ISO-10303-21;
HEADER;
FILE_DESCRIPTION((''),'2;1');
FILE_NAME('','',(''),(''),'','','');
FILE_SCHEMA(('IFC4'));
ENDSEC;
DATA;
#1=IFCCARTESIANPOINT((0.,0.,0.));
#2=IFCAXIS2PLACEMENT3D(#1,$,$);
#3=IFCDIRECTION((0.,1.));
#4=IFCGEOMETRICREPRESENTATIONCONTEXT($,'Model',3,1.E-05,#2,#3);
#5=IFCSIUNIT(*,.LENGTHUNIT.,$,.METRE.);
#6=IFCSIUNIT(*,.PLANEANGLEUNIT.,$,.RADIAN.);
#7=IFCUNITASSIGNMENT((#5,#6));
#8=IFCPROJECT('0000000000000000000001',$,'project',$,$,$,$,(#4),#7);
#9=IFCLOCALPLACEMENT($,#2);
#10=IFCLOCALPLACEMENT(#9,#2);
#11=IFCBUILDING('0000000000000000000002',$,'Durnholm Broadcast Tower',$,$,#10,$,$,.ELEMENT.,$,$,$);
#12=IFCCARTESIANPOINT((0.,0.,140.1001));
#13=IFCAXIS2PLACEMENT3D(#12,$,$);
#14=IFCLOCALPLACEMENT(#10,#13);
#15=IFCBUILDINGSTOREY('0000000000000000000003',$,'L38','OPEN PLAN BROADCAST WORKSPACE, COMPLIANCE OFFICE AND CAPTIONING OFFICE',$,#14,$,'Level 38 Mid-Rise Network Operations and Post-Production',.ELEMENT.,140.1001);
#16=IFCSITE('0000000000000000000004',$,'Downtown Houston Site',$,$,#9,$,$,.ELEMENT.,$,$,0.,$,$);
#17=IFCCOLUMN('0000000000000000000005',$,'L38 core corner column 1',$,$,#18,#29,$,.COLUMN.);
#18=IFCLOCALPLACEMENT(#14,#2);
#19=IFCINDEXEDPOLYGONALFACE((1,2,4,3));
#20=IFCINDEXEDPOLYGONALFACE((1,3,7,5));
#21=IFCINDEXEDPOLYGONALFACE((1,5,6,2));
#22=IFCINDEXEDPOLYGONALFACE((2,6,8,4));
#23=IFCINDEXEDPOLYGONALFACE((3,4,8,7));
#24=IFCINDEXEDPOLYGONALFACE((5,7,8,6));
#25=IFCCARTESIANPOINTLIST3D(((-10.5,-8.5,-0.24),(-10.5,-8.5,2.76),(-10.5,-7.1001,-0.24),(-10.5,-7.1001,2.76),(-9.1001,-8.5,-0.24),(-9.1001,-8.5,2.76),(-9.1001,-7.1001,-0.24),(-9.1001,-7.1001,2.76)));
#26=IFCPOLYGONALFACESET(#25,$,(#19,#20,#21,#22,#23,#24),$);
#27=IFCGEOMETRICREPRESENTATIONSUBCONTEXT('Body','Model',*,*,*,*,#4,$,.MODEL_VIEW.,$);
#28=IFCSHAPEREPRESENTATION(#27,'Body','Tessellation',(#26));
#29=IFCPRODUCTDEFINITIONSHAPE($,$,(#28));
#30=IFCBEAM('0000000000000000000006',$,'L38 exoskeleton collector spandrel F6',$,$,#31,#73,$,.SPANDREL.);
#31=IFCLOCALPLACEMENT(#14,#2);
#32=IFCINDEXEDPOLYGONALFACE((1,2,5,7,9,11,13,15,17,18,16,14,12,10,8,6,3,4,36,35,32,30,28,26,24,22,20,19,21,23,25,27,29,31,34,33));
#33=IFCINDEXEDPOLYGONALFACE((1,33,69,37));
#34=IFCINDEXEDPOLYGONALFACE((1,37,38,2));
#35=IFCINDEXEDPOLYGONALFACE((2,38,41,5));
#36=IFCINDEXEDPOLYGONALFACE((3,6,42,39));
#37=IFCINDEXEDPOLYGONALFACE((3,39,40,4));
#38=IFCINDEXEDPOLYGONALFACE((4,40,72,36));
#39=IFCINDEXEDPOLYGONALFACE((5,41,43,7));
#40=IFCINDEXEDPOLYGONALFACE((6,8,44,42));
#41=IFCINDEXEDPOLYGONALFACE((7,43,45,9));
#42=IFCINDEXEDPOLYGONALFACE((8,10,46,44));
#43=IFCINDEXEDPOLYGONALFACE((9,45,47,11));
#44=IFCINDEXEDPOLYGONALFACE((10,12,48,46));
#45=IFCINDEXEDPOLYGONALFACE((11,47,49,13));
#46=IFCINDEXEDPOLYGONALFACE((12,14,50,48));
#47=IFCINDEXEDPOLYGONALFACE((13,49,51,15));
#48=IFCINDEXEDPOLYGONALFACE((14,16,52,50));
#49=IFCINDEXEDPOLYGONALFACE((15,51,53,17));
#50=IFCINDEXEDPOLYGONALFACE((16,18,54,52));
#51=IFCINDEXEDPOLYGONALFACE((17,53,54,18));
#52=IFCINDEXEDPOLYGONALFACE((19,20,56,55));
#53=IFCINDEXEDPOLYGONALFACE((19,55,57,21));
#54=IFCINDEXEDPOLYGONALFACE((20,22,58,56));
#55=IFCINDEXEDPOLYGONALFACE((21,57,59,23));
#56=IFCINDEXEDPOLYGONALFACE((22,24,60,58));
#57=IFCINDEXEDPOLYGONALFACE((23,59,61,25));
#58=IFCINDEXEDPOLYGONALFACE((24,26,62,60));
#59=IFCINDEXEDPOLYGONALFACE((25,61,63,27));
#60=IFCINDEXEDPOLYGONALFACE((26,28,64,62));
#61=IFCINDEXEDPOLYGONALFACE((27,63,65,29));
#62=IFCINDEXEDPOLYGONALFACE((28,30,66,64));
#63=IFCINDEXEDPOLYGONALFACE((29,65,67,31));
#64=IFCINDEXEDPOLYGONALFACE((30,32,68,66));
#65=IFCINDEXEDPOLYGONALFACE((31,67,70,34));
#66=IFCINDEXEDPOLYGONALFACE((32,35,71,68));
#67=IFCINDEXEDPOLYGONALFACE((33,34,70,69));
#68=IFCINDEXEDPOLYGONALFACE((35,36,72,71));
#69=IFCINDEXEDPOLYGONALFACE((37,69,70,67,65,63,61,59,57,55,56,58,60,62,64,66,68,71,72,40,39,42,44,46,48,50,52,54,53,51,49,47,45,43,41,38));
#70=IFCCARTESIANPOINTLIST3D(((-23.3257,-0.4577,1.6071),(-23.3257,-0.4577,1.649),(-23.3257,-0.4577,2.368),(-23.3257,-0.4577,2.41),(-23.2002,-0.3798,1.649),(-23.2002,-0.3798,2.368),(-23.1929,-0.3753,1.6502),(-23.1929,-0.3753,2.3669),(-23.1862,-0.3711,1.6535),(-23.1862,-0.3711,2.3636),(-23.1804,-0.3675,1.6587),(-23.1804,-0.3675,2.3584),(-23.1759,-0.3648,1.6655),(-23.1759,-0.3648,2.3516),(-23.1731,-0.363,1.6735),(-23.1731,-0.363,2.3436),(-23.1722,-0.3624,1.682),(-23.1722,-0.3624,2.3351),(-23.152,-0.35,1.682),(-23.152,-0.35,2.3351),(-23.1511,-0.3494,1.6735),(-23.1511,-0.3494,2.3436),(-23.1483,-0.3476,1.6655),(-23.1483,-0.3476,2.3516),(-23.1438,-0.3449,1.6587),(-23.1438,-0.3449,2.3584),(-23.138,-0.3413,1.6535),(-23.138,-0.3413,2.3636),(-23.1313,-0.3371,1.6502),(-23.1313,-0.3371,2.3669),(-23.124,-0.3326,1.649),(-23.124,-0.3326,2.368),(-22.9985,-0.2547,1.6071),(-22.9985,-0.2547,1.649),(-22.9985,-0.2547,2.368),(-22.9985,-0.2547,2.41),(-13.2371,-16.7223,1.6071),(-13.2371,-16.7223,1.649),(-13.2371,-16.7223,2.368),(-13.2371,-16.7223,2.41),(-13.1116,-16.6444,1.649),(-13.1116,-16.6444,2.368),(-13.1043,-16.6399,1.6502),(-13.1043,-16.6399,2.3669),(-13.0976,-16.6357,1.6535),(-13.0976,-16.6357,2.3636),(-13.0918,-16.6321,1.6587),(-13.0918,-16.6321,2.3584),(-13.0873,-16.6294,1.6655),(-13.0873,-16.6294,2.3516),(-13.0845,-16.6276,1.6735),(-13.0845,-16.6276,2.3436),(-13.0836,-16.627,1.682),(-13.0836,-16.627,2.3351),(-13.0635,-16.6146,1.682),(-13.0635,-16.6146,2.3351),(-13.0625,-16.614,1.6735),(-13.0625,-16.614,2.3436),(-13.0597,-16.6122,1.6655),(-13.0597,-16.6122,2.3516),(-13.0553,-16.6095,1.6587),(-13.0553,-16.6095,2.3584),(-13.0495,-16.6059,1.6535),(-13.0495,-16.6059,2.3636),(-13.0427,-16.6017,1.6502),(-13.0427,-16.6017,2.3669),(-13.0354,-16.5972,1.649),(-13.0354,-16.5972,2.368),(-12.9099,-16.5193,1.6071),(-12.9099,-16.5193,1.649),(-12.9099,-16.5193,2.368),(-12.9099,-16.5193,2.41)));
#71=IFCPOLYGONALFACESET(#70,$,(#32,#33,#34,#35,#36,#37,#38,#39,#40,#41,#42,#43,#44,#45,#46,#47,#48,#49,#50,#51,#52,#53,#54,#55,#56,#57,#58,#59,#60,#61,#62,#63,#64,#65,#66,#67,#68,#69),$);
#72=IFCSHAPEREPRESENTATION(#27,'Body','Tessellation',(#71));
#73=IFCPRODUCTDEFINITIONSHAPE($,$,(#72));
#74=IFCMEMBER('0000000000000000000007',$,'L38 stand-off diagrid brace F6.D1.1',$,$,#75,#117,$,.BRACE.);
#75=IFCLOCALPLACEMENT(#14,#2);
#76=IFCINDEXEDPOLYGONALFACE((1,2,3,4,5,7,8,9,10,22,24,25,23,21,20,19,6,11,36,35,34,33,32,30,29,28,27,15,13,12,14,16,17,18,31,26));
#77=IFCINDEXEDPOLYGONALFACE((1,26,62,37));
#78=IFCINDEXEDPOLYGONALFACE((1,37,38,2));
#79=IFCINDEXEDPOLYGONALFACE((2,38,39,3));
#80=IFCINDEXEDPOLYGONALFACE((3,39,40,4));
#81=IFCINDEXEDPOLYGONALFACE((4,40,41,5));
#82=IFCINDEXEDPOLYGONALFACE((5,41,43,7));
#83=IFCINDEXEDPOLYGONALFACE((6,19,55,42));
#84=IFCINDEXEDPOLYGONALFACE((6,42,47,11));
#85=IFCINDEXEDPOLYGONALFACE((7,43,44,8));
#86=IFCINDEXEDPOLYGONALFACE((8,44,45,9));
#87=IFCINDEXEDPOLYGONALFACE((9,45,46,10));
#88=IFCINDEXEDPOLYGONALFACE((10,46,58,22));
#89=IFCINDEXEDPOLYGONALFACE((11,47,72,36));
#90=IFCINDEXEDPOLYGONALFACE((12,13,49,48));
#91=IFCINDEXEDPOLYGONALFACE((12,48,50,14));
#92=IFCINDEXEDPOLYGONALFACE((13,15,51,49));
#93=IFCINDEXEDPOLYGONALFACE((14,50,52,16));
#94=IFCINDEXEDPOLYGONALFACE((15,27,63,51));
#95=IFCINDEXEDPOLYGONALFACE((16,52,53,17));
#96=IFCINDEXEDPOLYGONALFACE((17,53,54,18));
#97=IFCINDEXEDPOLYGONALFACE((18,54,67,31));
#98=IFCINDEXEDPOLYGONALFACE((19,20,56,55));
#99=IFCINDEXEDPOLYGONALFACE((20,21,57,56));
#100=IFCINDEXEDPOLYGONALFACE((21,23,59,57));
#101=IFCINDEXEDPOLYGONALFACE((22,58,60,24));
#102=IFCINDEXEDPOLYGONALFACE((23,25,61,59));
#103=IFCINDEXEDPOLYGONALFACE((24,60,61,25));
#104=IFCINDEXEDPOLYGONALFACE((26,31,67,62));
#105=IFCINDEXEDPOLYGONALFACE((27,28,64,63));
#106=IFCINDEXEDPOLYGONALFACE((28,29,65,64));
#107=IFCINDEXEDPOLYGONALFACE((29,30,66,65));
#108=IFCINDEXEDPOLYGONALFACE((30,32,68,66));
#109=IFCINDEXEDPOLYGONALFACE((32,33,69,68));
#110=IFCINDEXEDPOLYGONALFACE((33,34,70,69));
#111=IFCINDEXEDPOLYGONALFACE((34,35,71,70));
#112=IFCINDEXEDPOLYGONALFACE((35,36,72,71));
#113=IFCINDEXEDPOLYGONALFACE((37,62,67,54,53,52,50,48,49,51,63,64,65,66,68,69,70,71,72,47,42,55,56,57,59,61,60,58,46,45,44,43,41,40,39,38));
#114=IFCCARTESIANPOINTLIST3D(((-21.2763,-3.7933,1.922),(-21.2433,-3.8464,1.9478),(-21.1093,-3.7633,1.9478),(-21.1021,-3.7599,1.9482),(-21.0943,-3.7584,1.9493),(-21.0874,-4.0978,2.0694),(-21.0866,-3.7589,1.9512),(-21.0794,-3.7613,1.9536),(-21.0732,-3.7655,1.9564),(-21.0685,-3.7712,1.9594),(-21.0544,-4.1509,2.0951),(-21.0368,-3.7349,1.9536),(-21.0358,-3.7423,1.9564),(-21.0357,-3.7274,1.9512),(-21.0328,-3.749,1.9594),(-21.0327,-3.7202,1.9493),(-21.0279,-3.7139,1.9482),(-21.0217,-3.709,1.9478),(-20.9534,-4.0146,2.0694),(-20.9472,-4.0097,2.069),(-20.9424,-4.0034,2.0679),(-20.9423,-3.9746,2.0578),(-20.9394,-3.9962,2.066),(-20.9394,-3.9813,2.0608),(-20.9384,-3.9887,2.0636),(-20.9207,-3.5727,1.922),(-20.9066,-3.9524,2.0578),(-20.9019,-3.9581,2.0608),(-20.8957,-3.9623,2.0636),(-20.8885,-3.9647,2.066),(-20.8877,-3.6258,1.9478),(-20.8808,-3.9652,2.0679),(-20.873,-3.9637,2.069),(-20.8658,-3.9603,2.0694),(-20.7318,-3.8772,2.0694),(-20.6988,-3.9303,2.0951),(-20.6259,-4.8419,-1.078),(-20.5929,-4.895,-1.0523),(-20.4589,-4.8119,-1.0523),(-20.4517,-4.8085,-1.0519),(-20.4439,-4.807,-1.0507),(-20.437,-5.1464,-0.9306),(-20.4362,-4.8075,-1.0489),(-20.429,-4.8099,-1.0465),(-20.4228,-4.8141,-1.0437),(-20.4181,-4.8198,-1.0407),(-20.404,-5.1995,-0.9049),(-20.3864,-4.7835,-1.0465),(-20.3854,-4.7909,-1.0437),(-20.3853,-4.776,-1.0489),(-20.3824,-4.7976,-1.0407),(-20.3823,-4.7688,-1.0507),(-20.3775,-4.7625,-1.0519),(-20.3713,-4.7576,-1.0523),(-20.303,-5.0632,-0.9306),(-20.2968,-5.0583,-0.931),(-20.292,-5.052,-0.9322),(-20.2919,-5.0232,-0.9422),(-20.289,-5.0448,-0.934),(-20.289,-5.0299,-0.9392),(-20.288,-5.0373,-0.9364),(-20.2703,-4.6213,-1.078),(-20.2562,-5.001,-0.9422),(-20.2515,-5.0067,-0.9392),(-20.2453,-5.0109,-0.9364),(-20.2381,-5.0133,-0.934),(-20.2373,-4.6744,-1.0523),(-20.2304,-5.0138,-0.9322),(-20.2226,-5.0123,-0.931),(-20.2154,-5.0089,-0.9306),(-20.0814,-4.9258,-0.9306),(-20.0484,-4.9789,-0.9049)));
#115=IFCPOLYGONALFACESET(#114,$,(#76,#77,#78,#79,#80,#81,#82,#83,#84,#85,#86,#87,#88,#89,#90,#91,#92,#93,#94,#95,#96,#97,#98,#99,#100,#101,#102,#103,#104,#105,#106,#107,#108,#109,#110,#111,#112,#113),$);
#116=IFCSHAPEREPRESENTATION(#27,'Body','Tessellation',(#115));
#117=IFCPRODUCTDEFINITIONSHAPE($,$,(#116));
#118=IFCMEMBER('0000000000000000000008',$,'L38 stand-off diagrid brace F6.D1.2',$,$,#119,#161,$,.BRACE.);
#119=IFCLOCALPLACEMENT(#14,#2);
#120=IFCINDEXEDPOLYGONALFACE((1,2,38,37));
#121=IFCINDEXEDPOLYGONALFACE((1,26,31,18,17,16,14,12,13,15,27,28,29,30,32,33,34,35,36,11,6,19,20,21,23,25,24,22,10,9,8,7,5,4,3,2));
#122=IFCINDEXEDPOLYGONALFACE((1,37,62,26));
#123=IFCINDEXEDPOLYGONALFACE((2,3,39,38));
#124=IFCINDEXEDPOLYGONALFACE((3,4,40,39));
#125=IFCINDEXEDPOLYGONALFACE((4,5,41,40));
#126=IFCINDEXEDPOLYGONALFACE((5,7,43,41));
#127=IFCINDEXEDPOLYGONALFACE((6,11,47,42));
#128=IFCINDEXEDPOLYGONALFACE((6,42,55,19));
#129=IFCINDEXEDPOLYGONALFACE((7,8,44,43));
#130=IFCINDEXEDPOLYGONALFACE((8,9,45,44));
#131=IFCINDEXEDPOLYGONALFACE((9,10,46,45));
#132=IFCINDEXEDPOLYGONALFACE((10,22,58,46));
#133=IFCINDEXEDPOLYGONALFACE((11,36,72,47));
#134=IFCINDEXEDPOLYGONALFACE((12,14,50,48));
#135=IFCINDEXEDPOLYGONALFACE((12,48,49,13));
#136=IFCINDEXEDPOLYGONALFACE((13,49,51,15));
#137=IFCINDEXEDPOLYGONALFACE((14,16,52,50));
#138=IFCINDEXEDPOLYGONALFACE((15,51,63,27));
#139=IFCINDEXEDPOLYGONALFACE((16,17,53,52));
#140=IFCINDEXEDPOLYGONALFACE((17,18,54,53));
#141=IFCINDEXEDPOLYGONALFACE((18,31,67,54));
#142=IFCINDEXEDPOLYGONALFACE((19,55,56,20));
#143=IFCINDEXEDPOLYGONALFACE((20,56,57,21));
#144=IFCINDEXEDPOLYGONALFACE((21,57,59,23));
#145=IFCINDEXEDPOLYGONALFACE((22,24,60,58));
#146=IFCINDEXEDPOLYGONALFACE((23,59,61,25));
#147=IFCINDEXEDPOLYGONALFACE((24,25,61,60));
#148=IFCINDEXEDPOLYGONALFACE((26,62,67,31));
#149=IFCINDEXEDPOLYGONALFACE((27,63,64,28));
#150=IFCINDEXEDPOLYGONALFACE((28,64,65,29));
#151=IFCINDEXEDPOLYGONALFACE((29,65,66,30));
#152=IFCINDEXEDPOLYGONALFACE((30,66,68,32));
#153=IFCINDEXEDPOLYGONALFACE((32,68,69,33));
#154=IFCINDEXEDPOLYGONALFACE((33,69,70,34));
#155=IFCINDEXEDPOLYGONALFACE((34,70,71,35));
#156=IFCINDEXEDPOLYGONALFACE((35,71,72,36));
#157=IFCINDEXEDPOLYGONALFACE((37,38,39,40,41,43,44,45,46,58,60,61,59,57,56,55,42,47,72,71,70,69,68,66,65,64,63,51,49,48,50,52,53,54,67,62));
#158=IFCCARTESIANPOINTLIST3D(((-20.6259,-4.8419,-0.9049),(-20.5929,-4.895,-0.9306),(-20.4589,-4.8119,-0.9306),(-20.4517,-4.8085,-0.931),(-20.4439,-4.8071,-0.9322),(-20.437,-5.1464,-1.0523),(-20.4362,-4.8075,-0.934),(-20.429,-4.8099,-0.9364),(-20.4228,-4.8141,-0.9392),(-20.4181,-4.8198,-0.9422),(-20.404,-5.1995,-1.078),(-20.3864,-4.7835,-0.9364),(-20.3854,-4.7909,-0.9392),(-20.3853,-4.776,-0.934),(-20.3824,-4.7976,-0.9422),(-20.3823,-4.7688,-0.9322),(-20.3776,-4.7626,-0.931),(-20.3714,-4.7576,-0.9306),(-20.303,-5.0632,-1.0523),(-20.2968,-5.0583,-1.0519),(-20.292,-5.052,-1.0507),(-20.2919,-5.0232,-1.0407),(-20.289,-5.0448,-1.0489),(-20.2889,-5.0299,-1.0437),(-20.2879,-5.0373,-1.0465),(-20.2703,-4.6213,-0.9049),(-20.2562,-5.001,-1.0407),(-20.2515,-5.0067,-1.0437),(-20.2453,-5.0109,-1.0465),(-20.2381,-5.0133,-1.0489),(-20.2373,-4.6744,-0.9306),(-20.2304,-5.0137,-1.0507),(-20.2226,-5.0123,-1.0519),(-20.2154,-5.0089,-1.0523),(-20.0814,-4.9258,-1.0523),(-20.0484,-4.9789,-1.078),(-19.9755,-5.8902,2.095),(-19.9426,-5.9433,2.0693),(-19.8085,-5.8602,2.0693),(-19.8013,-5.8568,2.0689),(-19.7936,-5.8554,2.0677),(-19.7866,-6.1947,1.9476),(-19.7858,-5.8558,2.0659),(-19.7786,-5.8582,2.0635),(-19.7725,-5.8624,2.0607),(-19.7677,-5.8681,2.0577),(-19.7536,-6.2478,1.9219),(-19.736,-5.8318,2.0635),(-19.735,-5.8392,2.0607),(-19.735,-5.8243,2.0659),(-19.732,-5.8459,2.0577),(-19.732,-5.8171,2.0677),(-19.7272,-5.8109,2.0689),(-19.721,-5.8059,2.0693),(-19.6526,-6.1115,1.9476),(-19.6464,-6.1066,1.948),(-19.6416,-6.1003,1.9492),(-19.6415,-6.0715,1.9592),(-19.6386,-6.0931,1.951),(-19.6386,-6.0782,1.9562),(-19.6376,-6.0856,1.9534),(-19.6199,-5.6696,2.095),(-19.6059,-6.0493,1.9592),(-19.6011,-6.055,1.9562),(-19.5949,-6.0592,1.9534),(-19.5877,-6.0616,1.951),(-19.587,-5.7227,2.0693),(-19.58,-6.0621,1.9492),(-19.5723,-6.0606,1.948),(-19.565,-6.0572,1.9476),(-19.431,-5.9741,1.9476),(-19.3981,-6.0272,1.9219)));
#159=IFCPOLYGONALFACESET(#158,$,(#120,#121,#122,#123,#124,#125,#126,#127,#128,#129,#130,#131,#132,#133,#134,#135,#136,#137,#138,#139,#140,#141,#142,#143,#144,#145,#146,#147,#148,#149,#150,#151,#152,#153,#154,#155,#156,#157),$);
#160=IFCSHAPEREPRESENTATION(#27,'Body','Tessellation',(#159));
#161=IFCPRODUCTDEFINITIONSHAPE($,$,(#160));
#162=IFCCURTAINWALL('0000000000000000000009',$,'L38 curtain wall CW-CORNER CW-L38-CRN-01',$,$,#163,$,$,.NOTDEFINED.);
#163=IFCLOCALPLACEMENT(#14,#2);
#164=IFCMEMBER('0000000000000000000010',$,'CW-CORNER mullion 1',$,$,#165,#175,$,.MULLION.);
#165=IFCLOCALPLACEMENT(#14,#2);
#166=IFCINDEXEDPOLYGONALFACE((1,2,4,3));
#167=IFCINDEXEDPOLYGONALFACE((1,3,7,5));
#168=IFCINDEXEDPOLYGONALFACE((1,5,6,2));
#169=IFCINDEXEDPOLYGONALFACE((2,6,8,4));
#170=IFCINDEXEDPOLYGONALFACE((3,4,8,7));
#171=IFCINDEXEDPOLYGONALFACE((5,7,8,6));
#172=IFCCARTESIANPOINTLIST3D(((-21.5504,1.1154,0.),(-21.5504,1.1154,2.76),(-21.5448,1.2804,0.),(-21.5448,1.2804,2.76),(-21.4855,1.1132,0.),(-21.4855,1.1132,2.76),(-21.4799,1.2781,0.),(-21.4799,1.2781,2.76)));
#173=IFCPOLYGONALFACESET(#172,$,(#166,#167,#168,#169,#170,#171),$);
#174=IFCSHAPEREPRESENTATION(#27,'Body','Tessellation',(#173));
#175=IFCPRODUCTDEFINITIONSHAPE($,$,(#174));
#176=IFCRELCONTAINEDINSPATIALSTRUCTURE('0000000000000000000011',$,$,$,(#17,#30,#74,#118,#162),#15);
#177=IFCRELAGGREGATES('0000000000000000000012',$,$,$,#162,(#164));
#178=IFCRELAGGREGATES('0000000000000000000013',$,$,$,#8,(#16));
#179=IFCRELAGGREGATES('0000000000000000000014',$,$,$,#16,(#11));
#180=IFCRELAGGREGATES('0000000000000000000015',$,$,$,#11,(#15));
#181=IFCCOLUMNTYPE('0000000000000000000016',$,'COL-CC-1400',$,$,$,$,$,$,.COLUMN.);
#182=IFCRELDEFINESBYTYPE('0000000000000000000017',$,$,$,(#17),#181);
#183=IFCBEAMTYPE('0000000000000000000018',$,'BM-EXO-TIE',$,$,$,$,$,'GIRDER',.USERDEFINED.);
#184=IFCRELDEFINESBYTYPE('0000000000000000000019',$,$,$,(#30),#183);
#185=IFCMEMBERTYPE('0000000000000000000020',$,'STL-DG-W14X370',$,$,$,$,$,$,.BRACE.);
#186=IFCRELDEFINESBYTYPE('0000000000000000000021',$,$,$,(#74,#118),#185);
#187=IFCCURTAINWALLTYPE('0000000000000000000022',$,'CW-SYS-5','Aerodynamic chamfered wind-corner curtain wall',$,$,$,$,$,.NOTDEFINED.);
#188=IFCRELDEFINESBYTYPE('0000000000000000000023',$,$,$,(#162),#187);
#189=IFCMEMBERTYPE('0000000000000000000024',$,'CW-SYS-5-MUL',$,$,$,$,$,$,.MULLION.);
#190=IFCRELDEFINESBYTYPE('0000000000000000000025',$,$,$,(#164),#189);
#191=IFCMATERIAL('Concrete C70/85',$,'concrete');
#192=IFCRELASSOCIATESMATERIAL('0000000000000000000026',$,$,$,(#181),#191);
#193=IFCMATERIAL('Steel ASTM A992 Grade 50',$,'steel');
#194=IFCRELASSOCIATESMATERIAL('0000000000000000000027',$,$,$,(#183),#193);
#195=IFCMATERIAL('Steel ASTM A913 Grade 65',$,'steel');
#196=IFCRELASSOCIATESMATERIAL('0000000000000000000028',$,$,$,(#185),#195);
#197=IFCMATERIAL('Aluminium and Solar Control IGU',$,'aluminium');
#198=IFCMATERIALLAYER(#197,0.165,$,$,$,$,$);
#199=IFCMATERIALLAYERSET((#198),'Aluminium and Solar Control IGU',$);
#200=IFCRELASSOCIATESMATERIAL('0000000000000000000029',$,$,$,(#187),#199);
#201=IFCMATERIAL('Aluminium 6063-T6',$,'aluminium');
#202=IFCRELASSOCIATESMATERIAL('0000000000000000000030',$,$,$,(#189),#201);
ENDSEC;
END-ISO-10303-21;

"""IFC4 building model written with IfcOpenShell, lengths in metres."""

from ifc_helpers import new_model, si_unit, direction, frame, origin, origin_2d, place, context, subcontext, project, spatial, rectangle, i_section, extrude, source, transform, mapped, material, layer, layer_set, material_profile, profile_set, type_object, type_shapes, element, aggregate, save


model = new_model("IFC4")

# Units and contexts
model_context = context("Model", 3, precision=1e-05, world=origin(), true_north=direction((0.0, 1.0)))
body_context = subcontext(model_context, "Body", "Model", "MODEL_VIEW")
ifc_project = project(units=[si_unit("LENGTHUNIT", "METRE"), si_unit("PLANEANGLEUNIT", "RADIAN")], contexts=[model_context])

# Site, building, storey
site_placement = place(None, origin())
site = spatial("IfcSite", under=ifc_project, at=site_placement, Name="Downtown Houston Site", CompositionType="ELEMENT", RefElevation=0.0)
building_placement = place(site_placement, origin())
building = spatial("IfcBuilding", under=site, at=building_placement, Name="Durnholm Broadcast Tower", CompositionType="ELEMENT")
storey_placement = place(building_placement, frame((0.0, 0.0, 140.1001)))
storey = spatial("IfcBuildingStorey", under=building, at=storey_placement, Name="L38", Description="OPEN PLAN BROADCAST WORKSPACE, COMPLIANCE OFFICE AND CAPTIONING OFFICE", LongName="Level 38 Mid-Rise Network Operations and Post-Production", CompositionType="ELEMENT", Elevation=140.1001)

# Column
ifc_material_1 = material(Name="Concrete C70/85", Category="concrete")
ifc_material_profile_1 = material_profile(ifc_material_1, rectangle(XDim=1.3999, YDim=1.3999, at=origin_2d()), Name="RC1400X1400")
ifc_profile_set_1 = profile_set([ifc_material_profile_1], Name="Concrete C70/85")
column_type = type_object("IfcColumnType", Name="COL-CC-1400", PredefinedType="COLUMN", material=ifc_profile_set_1)
shared_shape_1 = source(origin(), body_context, "Body", "SweptSolid", [
    extrude(rectangle(XDim=1.3999, YDim=1.3999, at=origin_2d()), origin(), (0.0, 0.0, 1.0), 3.0),
])
type_shapes(column_type, [shared_shape_1])
column_placement = place(storey_placement, frame((-9.8, -7.8, -0.24), z_axis=(0.0, 0.0, 1.0), x_axis=(1.0, 0.0, 0.0)))
element("IfcColumn", 1, at=column_placement, inside=storey, type_object=column_type, Name="L38 core corner column 1", PredefinedType="COLUMN", context=body_context, shape_type="MappedRepresentation", body=[
    mapped(shared_shape_1, transform((0.0, 0.0, 0.0), x_axis=(1.0, 0.0, 0.0), y_axis=(0.0, 1.0, 0.0), z_axis=(0.0, 0.0, 1.0), scale=1.0)),
])

# Beam
ifc_material_2 = material(Name="Steel ASTM A992 Grade 50", Category="steel")
ifc_material_profile_2 = material_profile(ifc_material_2, i_section(OverallWidth=0.385, OverallDepth=0.803, WebThickness=0.0237, FlangeThickness=0.042, FilletRadius=0.033, at=origin_2d()), Name="W30X261")
ifc_profile_set_2 = profile_set([ifc_material_profile_2], Name="Steel ASTM A992 Grade 50")
beam_type = type_object("IfcBeamType", Name="BM-EXO-TIE", ElementType="GIRDER", PredefinedType="USERDEFINED", material=ifc_profile_set_2)
shared_shape_2 = source(origin(), body_context, "Body", "SweptSolid", [
    extrude(i_section(OverallWidth=0.385, OverallDepth=0.803, WebThickness=0.0237, FlangeThickness=0.042, FilletRadius=0.033, at=origin_2d()), origin(), (0.0, 0.0, 1.0), 19.1394),
])
type_shapes(beam_type, [shared_shape_2])
beam_placement = place(storey_placement, frame((-23.1621, -0.3562, 2.0085), z_axis=(0.527111, -0.849796, 0.0), x_axis=(0.849796, 0.527111, 0.0)))
element("IfcBeam", 2, at=beam_placement, inside=storey, type_object=beam_type, Name="L38 exoskeleton collector spandrel F6", PredefinedType="SPANDREL", context=body_context, shape_type="MappedRepresentation", body=[
    mapped(shared_shape_2, transform((0.0, 0.0, 0.0), x_axis=(1.0, 0.0, 0.0), y_axis=(0.0, 1.0, 0.0), z_axis=(0.0, 0.0, 1.0), scale=1.0)),
])

# Members
ifc_material_3 = material(Name="Steel ASTM A913 Grade 65", Category="steel")
ifc_material_profile_3 = material_profile(ifc_material_3, i_section(OverallWidth=0.4185, OverallDepth=0.4551, WebThickness=0.042, FlangeThickness=0.0676, FilletRadius=0.0305, at=origin_2d()), Name="W14X370")
ifc_profile_set_3 = profile_set([ifc_material_profile_3], Name="Steel ASTM A913 Grade 65")
member_type_1 = type_object("IfcMemberType", Name="STL-DG-W14X370", PredefinedType="BRACE", material=ifc_profile_set_3)
shared_shape_3 = source(origin(), body_context, "Body", "SweptSolid", [
    extrude(i_section(OverallWidth=0.4185, OverallDepth=0.4551, WebThickness=0.042, FlangeThickness=0.0676, FilletRadius=0.0305, at=origin_2d()), origin(), (0.0, 0.0, 1.0), 3.2439),
])
member_1_placement = place(storey_placement, frame((-20.3372, -4.9104, -0.9915), z_axis=(-0.2005, 0.323253, 0.924828), x_axis=(-0.849805, -0.527097, 0.0)))
element("IfcMember", 3, at=member_1_placement, inside=storey, type_object=member_type_1, Name="L38 stand-off diagrid brace F6.D1.1", PredefinedType="BRACE", context=body_context, shape_type="MappedRepresentation", body=[
    mapped(shared_shape_3, transform((0.0, 0.0, 0.0), x_axis=(1.0, 0.0, 0.0), y_axis=(0.0, 1.0, 0.0), z_axis=(0.0, 0.0, 1.0), scale=1.0)),
])
shared_shape_4 = source(origin(), body_context, "Body", "SweptSolid", [
    extrude(i_section(OverallWidth=0.4185, OverallDepth=0.4551, WebThickness=0.042, FlangeThickness=0.0676, FilletRadius=0.0305, at=origin_2d()), origin(), (0.0, 0.0, 1.0), 3.2437),
])
type_shapes(member_type_1, [shared_shape_3, shared_shape_4])
member_2_placement = place(storey_placement, frame((-20.3372, -4.9104, -0.9915), z_axis=(0.200505, -0.323186, 0.924851), x_axis=(0.84975, 0.527186, 0.0)))
element("IfcMember", 4, at=member_2_placement, inside=storey, type_object=member_type_1, Name="L38 stand-off diagrid brace F6.D1.2", PredefinedType="BRACE", context=body_context, shape_type="MappedRepresentation", body=[
    mapped(shared_shape_4, transform((0.0, 0.0, 0.0), x_axis=(1.0, 0.0, 0.0), y_axis=(0.0, 1.0, 0.0), z_axis=(0.0, 0.0, 1.0), scale=1.0)),
])

# Curtain wall, member
ifc_material_4 = material(Name="Aluminium and Solar Control IGU", Category="aluminium")
ifc_layer_1 = layer(ifc_material_4, 0.165)
ifc_layer_set_1 = layer_set([ifc_layer_1], Name="Aluminium and Solar Control IGU")
curtain_wall_type_1 = type_object("IfcCurtainWallType", Name="CW-SYS-5", Description="Aerodynamic chamfered wind-corner curtain wall", PredefinedType="NOTDEFINED", material=ifc_layer_set_1)
curtain_wall_1_placement = place(storey_placement, origin())
curtain_wall_1 = element("IfcCurtainWall", 5, at=curtain_wall_1_placement, inside=storey, type_object=curtain_wall_type_1, Name="L38 curtain wall CW-CORNER CW-L38-CRN-01", PredefinedType="NOTDEFINED")
ifc_material_5 = material(Name="Aluminium 6063-T6", Category="aluminium")
ifc_material_profile_4 = material_profile(ifc_material_5, rectangle(XDim=0.0649, YDim=0.165, at=origin_2d()), Name="CWM65X165")
ifc_profile_set_4 = profile_set([ifc_material_profile_4], Name="Aluminium 6063-T6")
member_type_2 = type_object("IfcMemberType", Name="CW-SYS-5-MUL", PredefinedType="MULLION", material=ifc_profile_set_4)
shared_shape_5 = source(origin(), body_context, "Body", "SweptSolid", [
    extrude(rectangle(XDim=0.0649, YDim=0.165, at=origin_2d()), origin(), (0.0, 0.0, 1.0), 2.76),
])
type_shapes(member_type_2, [shared_shape_5])
member_3_placement = place(storey_placement, frame((-21.5151, 1.1968, 0.0), z_axis=(0.0, 0.0, 1.0), x_axis=(-0.999425, 0.033917, 0.0)))
member_3 = element("IfcMember", 6, at=member_3_placement, type_object=member_type_2, Name="CW-CORNER mullion 1", PredefinedType="MULLION", context=body_context, shape_type="MappedRepresentation", body=[
    mapped(shared_shape_5, transform((0.0, 0.0, 0.0), x_axis=(1.0, 0.0, 0.0), y_axis=(0.0, 1.0, 0.0), z_axis=(0.0, 0.0, 1.0), scale=1.0)),
])
aggregate(curtain_wall_1, [member_3])

save(model, "model.ifc")
